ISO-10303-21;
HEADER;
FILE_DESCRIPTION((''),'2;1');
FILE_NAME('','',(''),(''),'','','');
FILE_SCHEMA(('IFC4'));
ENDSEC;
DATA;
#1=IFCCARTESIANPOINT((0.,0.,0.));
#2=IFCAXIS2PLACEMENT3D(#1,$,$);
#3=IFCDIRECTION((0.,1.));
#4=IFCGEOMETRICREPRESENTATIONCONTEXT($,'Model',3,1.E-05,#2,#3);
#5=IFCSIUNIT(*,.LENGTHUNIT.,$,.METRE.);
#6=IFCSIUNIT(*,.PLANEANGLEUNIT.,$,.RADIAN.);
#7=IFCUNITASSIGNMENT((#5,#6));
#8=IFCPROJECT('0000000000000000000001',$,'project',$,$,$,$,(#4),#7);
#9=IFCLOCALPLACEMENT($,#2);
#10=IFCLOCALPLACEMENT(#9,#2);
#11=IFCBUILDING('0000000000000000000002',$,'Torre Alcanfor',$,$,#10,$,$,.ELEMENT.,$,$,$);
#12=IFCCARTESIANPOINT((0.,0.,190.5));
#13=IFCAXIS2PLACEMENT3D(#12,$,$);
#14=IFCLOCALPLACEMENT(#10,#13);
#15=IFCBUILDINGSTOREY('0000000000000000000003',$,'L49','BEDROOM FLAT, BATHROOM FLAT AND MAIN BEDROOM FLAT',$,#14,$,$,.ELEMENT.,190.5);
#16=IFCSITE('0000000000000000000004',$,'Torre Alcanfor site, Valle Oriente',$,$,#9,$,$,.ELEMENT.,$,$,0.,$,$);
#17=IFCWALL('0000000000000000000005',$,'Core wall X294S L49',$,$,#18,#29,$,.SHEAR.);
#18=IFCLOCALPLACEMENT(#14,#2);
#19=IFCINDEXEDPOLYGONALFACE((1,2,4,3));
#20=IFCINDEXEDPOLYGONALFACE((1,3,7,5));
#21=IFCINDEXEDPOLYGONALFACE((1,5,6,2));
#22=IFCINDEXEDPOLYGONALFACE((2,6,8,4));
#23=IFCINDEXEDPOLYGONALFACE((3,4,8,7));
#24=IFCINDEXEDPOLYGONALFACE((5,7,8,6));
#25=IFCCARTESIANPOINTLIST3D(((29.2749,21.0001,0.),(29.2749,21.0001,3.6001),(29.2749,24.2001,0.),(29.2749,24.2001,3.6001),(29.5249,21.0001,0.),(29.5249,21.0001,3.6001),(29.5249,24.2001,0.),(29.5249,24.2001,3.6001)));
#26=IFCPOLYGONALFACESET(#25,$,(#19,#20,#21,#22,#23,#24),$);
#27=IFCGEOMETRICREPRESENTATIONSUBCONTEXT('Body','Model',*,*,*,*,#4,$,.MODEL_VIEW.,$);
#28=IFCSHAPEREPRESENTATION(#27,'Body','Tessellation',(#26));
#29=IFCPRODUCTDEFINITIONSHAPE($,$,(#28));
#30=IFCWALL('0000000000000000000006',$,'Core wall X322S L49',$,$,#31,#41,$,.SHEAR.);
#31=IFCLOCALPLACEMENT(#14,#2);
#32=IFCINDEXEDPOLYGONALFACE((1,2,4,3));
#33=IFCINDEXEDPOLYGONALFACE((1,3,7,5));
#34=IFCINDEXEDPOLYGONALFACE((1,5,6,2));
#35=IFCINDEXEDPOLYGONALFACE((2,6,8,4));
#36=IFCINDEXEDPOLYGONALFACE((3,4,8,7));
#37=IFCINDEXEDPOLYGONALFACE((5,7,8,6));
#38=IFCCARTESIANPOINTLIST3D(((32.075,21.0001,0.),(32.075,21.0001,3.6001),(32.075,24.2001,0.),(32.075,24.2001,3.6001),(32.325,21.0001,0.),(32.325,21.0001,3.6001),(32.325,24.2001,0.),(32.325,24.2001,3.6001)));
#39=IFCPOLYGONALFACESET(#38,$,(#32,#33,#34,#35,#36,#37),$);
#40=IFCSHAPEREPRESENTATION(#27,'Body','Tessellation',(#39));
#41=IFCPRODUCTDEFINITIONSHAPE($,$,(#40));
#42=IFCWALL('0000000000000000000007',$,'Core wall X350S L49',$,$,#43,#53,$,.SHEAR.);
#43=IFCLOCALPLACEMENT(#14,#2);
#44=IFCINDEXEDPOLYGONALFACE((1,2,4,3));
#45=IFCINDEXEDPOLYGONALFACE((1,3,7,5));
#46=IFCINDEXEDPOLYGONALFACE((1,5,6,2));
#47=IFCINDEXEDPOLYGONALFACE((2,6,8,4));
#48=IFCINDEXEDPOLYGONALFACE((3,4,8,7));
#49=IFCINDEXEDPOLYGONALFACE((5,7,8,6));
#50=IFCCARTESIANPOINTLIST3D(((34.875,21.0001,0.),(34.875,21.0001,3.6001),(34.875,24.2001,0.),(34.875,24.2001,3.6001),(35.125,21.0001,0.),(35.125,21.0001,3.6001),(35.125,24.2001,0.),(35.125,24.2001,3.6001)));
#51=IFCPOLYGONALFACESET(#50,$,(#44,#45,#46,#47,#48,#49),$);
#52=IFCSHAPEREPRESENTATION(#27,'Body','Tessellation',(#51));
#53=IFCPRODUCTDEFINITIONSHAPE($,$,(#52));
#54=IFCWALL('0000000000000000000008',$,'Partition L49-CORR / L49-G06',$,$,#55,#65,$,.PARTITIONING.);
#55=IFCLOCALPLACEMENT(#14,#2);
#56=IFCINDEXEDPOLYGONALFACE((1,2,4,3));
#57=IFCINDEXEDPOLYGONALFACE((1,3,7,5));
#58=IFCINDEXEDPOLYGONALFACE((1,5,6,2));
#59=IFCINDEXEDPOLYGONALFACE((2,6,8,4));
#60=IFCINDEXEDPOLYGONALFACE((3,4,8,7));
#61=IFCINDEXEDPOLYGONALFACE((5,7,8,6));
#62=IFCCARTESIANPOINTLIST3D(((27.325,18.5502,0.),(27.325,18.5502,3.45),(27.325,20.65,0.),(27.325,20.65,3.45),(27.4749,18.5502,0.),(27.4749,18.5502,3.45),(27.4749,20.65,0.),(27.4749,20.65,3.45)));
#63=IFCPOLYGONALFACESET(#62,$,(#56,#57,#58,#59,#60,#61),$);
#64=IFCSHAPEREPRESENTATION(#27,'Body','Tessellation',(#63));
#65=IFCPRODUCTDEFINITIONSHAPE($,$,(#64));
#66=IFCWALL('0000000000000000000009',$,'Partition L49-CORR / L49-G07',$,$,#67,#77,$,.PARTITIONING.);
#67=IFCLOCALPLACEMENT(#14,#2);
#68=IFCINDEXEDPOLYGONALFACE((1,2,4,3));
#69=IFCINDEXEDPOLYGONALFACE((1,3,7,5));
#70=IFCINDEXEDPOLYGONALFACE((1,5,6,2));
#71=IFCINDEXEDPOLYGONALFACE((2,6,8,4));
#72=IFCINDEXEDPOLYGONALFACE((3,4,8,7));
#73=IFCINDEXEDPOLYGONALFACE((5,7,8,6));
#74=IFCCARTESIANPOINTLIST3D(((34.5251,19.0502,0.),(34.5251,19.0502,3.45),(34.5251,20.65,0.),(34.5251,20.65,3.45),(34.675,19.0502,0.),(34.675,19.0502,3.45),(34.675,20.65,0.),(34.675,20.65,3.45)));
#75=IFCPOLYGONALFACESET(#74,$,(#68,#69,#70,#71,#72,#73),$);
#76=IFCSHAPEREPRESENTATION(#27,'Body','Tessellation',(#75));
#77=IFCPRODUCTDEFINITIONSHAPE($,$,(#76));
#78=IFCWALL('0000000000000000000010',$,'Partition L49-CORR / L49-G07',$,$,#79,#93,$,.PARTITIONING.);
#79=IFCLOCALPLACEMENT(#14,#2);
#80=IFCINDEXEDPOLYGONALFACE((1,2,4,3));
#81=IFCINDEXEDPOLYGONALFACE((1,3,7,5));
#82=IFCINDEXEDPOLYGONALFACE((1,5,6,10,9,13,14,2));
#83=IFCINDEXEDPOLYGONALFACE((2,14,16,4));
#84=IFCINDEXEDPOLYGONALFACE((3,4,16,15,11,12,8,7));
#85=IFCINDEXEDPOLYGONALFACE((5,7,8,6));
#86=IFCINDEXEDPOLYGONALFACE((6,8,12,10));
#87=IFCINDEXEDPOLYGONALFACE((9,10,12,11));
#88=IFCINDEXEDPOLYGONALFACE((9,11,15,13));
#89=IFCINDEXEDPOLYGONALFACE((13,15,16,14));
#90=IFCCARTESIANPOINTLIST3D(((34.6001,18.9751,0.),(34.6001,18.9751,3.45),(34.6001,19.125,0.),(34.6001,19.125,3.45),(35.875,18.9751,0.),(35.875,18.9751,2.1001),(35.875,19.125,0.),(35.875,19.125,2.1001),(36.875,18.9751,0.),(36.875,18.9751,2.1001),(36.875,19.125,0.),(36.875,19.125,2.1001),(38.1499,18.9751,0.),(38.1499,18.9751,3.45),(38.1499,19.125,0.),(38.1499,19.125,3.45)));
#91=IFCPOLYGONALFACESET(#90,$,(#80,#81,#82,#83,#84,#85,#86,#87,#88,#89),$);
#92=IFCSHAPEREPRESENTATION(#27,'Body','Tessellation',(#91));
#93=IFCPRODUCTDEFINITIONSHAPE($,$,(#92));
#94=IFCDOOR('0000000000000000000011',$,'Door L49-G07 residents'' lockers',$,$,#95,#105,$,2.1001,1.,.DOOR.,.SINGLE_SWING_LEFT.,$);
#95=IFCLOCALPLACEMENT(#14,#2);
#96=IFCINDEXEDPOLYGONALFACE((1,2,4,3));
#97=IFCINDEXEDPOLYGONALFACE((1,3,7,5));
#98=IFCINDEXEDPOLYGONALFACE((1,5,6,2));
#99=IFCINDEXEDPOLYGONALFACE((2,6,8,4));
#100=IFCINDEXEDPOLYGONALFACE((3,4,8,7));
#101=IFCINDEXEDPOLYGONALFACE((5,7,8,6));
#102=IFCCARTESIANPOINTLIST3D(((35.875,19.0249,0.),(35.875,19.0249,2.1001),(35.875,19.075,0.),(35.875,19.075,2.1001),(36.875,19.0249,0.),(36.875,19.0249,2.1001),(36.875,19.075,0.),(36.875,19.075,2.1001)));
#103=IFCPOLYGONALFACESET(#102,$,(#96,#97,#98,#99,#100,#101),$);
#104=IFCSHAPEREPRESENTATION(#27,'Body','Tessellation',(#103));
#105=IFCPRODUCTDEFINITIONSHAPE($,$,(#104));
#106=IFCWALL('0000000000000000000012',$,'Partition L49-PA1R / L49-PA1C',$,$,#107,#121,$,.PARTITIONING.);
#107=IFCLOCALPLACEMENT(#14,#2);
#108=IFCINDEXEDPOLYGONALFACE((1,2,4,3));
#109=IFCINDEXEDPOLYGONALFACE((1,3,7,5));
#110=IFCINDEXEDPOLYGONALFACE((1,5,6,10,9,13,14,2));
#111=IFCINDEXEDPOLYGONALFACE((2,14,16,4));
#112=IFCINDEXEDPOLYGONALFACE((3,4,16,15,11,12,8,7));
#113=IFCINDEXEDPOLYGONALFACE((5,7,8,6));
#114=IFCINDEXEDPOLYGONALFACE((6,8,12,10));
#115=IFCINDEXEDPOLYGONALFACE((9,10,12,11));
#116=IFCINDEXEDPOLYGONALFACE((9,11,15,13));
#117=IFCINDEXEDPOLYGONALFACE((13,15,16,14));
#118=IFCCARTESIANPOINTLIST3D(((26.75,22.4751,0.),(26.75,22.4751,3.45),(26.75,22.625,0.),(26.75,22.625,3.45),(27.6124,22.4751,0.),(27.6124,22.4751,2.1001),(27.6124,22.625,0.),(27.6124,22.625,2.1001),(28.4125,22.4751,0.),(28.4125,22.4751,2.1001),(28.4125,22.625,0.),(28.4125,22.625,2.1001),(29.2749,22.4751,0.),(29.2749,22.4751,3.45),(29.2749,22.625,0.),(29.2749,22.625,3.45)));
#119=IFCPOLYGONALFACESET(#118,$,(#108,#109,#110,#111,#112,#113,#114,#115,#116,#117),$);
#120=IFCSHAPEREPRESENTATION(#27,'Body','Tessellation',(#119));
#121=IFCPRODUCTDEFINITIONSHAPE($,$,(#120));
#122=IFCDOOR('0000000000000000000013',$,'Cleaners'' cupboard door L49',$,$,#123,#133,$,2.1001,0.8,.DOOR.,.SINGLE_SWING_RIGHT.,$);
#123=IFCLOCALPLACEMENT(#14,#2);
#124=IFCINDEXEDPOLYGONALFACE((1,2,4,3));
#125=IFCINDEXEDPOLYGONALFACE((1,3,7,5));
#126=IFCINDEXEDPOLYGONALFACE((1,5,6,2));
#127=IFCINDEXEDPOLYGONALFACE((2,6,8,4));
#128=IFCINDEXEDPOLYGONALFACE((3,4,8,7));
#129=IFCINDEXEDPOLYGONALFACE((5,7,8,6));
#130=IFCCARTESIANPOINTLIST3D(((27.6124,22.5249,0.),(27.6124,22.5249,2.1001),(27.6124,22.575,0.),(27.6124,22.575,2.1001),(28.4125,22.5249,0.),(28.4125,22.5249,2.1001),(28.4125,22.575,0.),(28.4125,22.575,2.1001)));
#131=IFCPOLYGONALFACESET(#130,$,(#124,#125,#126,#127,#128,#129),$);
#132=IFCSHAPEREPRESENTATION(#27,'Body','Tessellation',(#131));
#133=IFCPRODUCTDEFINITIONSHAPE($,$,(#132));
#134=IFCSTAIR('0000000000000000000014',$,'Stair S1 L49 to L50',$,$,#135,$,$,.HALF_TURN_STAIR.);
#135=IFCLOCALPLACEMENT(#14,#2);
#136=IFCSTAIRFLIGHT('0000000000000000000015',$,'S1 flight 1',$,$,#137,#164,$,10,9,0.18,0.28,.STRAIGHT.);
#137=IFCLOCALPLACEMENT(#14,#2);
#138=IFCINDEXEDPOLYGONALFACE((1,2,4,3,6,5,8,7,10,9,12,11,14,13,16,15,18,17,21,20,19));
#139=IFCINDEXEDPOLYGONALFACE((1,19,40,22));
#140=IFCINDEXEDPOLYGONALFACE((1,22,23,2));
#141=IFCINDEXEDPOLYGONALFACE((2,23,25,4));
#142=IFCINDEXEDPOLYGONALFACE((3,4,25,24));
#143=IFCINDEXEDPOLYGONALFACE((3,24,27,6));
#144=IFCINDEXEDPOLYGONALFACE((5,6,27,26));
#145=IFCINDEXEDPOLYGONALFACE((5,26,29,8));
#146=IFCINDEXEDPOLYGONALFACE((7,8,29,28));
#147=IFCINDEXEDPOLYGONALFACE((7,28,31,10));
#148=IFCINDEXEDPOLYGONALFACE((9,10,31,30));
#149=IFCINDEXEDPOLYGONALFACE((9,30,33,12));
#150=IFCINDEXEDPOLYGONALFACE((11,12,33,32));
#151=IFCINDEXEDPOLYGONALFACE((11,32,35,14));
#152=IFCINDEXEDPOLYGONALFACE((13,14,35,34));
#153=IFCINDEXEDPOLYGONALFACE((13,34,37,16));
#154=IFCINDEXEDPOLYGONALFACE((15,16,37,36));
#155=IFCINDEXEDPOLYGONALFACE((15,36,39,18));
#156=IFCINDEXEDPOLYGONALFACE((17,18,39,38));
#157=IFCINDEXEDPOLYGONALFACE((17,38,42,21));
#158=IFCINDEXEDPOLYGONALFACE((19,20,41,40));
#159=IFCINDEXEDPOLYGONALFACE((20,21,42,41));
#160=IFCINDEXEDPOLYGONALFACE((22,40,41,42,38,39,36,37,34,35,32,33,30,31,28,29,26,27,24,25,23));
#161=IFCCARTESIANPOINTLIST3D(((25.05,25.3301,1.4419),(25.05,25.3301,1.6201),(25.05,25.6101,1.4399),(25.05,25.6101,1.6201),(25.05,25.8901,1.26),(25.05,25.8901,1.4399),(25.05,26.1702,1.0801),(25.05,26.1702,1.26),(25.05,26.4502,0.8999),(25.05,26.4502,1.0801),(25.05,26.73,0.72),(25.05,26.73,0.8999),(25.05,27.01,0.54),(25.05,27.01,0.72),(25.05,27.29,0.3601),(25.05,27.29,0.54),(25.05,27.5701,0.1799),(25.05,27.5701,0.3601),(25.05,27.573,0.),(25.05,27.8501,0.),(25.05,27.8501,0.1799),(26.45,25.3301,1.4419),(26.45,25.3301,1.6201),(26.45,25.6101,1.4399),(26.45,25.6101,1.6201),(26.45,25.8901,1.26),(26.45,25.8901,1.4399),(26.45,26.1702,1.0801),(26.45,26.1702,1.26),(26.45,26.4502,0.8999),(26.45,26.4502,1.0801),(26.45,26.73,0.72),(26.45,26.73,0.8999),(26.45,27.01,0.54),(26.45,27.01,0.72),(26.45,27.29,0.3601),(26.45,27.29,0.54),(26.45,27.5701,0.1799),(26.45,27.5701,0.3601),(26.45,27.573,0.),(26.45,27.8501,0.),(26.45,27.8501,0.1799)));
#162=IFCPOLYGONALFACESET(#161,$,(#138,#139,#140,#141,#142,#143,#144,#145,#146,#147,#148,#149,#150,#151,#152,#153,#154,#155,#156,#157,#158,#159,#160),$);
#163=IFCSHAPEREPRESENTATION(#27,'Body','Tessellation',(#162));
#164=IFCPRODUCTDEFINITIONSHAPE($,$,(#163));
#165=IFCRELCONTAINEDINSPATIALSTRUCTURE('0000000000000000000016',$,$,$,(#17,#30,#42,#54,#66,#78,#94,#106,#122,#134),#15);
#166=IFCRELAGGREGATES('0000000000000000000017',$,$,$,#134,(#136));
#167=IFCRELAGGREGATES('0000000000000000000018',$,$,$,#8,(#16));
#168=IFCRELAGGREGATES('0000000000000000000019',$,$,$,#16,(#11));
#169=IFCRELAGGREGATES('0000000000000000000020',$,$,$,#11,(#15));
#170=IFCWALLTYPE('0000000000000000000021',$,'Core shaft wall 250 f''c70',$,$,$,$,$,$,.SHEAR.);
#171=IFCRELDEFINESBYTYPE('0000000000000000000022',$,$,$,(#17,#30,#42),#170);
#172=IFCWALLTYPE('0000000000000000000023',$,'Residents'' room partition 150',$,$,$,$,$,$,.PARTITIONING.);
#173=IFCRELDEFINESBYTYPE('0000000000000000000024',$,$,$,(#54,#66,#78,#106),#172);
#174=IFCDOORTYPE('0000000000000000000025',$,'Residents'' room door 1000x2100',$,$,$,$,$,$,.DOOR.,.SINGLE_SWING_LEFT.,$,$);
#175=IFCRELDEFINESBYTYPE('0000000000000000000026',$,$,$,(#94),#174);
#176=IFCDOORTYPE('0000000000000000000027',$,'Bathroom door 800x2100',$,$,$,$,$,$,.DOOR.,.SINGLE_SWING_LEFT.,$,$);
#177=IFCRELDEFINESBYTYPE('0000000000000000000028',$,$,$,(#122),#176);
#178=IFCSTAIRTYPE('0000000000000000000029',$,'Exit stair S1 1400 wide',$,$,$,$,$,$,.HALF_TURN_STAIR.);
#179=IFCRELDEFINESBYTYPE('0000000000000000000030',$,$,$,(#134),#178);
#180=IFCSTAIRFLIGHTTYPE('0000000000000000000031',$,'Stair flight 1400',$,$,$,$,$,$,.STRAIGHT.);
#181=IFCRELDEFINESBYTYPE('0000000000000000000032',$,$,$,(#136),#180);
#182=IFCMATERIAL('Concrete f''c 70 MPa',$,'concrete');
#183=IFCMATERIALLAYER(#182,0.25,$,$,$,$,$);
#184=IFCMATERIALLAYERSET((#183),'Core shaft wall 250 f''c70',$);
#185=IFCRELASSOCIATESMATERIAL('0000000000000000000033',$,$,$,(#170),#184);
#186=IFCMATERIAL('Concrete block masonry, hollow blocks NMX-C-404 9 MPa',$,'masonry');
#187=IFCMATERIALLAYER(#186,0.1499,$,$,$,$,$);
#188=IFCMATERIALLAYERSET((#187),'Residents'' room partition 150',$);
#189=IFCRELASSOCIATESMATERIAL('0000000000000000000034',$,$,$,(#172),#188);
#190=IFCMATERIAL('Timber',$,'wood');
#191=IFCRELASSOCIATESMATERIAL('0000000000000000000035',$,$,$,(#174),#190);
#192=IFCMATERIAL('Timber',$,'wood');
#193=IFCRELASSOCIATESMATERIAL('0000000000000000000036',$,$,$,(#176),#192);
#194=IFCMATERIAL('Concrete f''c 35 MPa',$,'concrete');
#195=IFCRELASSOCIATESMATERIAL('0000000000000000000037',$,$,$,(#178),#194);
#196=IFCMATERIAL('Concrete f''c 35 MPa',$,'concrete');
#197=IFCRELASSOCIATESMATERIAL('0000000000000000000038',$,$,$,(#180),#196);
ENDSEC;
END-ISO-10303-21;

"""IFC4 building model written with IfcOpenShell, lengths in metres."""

from ifc_helpers import new_model, si_unit, direction, frame, frame_2d, origin, place, context, subcontext, project, spatial, polyline, rectangle, outline, extrude, material, layer, layer_set, type_object, element, fill, aggregate, save


model = new_model("IFC4")

# Units and contexts
model_context = context("Model", 3, precision=1e-05, world=origin(), true_north=direction((0.0, 1.0)))
body_context = subcontext(model_context, "Body", "Model", "MODEL_VIEW")
ifc_project = project(units=[si_unit("LENGTHUNIT", "METRE"), si_unit("PLANEANGLEUNIT", "RADIAN")], contexts=[model_context])

# Site, building, storey
site_placement = place(None, origin())
site = spatial("IfcSite", under=ifc_project, at=site_placement, Name="Torre Alcanfor site, Valle Oriente", CompositionType="ELEMENT", RefElevation=0.0)
building_placement = place(site_placement, origin())
building = spatial("IfcBuilding", under=site, at=building_placement, Name="Torre Alcanfor", CompositionType="ELEMENT")
storey_placement = place(building_placement, frame((0.0, 0.0, 190.5)))
storey = spatial("IfcBuildingStorey", under=building, at=storey_placement, Name="L49", Description="BEDROOM FLAT, BATHROOM FLAT AND MAIN BEDROOM FLAT", CompositionType="ELEMENT", Elevation=190.5)

# Walls
ifc_material_1 = material(Name="Concrete f'c 70 MPa", Category="concrete")
ifc_layer_1 = layer(ifc_material_1, 0.25)
ifc_layer_set_1 = layer_set([ifc_layer_1], Name="Core shaft wall 250 f'c70")
wall_type_1 = type_object("IfcWallType", Name="Core shaft wall 250 f'c70", PredefinedType="SHEAR", material=ifc_layer_set_1)
for number, where, z_axis, x_axis, name in (
    (1, (29.3999, 21.0, 0.0), (0.0, 0.0, 1.0), (0.0, 1.0, 0.0), "Core wall X294S L49"),
    (2, (32.2, 21.0, 0.0), (0.0, 0.0, 1.0), (0.0, 1.0, 0.0), "Core wall X322S L49"),
    (3, (35.0, 21.0, 0.0), (0.0, 0.0, 1.0), (0.0, 1.0, 0.0), "Core wall X350S L49"),
):
    element("IfcWall", number, at=place(storey_placement, frame(where, z_axis=z_axis, x_axis=x_axis)), inside=storey, type_object=wall_type_1, Name=name, PredefinedType="SHEAR", context=body_context, shape_type="SweptSolid", body=[
        extrude(rectangle(XDim=3.2, YDim=0.25, at=frame_2d((1.6001, 0.0))), origin(), (0.0, 0.0, 1.0), 3.6001),
    ])
ifc_material_2 = material(Name="Concrete block masonry, hollow blocks NMX-C-404 9 MPa", Category="masonry")
ifc_layer_2 = layer(ifc_material_2, 0.1499)
ifc_layer_set_2 = layer_set([ifc_layer_2], Name="Residents' room partition 150")
wall_type_2 = type_object("IfcWallType", Name="Residents' room partition 150", PredefinedType="PARTITIONING", material=ifc_layer_set_2)
wall_1_placement = place(storey_placement, frame((27.3999, 20.6499, 0.0), z_axis=(0.0, 0.0, 1.0), x_axis=(0.0, -1.0, 0.0)))
element("IfcWall", 4, at=wall_1_placement, inside=storey, type_object=wall_type_2, Name="Partition L49-CORR / L49-G06", PredefinedType="PARTITIONING", context=body_context, shape_type="SweptSolid", body=[
    extrude(rectangle(XDim=2.0999, YDim=0.1499, at=frame_2d((1.0498, 0.0))), origin(), (0.0, 0.0, 1.0), 3.45),
])
wall_2_placement = place(storey_placement, frame((34.6001, 20.6499, 0.0), z_axis=(0.0, 0.0, 1.0), x_axis=(0.0, -1.0, 0.0)))
element("IfcWall", 5, at=wall_2_placement, inside=storey, type_object=wall_type_2, Name="Partition L49-CORR / L49-G07", PredefinedType="PARTITIONING", context=body_context, shape_type="SweptSolid", body=[
    extrude(rectangle(XDim=1.5999, YDim=0.1499, at=frame_2d((0.7998, 0.0))), origin(), (0.0, 0.0, 1.0), 3.45),
])

# Walls, openings, doors
wall_3_placement = place(storey_placement, frame((34.6001, 19.05, 0.0), z_axis=(0.0, 0.0, 1.0), x_axis=(1.0, 0.0, 0.0)))
wall_3 = element("IfcWall", 6, at=wall_3_placement, inside=storey, type_object=wall_type_2, Name="Partition L49-CORR / L49-G07", PredefinedType="PARTITIONING", context=body_context, shape_type="SweptSolid", body=[
    extrude(rectangle(XDim=3.5498, YDim=0.1499, at=frame_2d((1.7749, 0.0))), origin(), (0.0, 0.0, 1.0), 3.45),
])
opening_1_placement = place(wall_3_placement, frame((1.2749, 0.0, 0.0)))
opening_1 = element("IfcOpeningElement", 7, at=opening_1_placement, cuts=wall_3, PredefinedType="OPENING", context=body_context, shape_type="SweptSolid", body=[
    extrude(rectangle(XDim=1.0, YDim=2.1001, at=frame_2d((0.5, 1.05))), frame((0.0, 0.085, 0.0), z_axis=(0.0, -1.0, 0.0), x_axis=(1.0, 0.0, 0.0)), (0.0, 0.0, 1.0), 0.1699),
])
ifc_material_3 = material(Name="Timber", Category="wood")
door_type_1 = type_object("IfcDoorType", Name="Residents' room door 1000x2100", OperationType="SINGLE_SWING_LEFT", PredefinedType="DOOR", material=ifc_material_3)
door_1_placement = place(opening_1_placement, origin())
door_1 = element("IfcDoor", 8, at=door_1_placement, inside=storey, type_object=door_type_1, Name="Door L49-G07 residents' lockers", OperationType="SINGLE_SWING_LEFT", OverallHeight=2.1001, OverallWidth=1.0, PredefinedType="DOOR", context=body_context, shape_type="SweptSolid", body=[
    extrude(rectangle(XDim=1.0, YDim=2.1001, at=frame_2d((0.5, 1.05))), frame((0.0, 0.0249, 0.0), z_axis=(0.0, -1.0, 0.0), x_axis=(1.0, 0.0, 0.0)), (0.0, 0.0, 1.0), 0.05),
])
fill(opening_1, door_1)
wall_4_placement = place(storey_placement, frame((26.75, 22.55, 0.0), z_axis=(0.0, 0.0, 1.0), x_axis=(1.0, 0.0, 0.0)))
wall_4 = element("IfcWall", 9, at=wall_4_placement, inside=storey, type_object=wall_type_2, Name="Partition L49-PA1R / L49-PA1C", PredefinedType="PARTITIONING", context=body_context, shape_type="SweptSolid", body=[
    extrude(rectangle(XDim=2.5249, YDim=0.1499, at=frame_2d((1.2625, 0.0))), origin(), (0.0, 0.0, 1.0), 3.45),
])
opening_2_placement = place(wall_4_placement, frame((0.8625, 0.0, 0.0)))
opening_2 = element("IfcOpeningElement", 10, at=opening_2_placement, cuts=wall_4, PredefinedType="OPENING", context=body_context, shape_type="SweptSolid", body=[
    extrude(rectangle(XDim=0.8, YDim=2.1001, at=frame_2d((0.3999, 1.05))), frame((0.0, 0.085, 0.0), z_axis=(0.0, -1.0, 0.0), x_axis=(1.0, 0.0, 0.0)), (0.0, 0.0, 1.0), 0.1699),
])
ifc_material_4 = material(Name="Timber", Category="wood")
door_type_2 = type_object("IfcDoorType", Name="Bathroom door 800x2100", OperationType="SINGLE_SWING_LEFT", PredefinedType="DOOR", material=ifc_material_4)
door_2_placement = place(opening_2_placement, frame((0.8, 0.0, 0.0), z_axis=(0.0, 0.0, 1.0), x_axis=(-1.0, 0.0, 0.0)))
door_2 = element("IfcDoor", 11, at=door_2_placement, inside=storey, type_object=door_type_2, Name="Cleaners' cupboard door L49", OperationType="SINGLE_SWING_RIGHT", OverallHeight=2.1001, OverallWidth=0.8, PredefinedType="DOOR", context=body_context, shape_type="SweptSolid", body=[
    extrude(rectangle(XDim=0.8, YDim=2.1001, at=frame_2d((0.4001, 1.05))), frame((0.0, 0.0251, 0.0), z_axis=(0.0, -1.0, 0.0), x_axis=(1.0, 0.0, 0.0)), (0.0, 0.0, 1.0), 0.05),
])
fill(opening_2, door_2)

# Stair, stair flight
ifc_material_5 = material(Name="Concrete f'c 35 MPa", Category="concrete")
stair_type = type_object("IfcStairType", Name="Exit stair S1 1400 wide", PredefinedType="HALF_TURN_STAIR", material=ifc_material_5)
stair_placement = place(storey_placement, origin())
stair = element("IfcStair", 12, at=stair_placement, inside=storey, type_object=stair_type, Name="Stair S1 L49 to L50", PredefinedType="HALF_TURN_STAIR")
ifc_material_6 = material(Name="Concrete f'c 35 MPa", Category="concrete")
stair_flight_type = type_object("IfcStairFlightType", Name="Stair flight 1400", PredefinedType="STRAIGHT", material=ifc_material_6)
stair_flight_placement = place(storey_placement, frame((25.75, 27.8501, 0.0), z_axis=(0.0, 0.0, 1.0), x_axis=(0.0, -1.0, 0.0)))
stair_flight = element("IfcStairFlight", 13, at=stair_flight_placement, type_object=stair_flight_type, Name="S1 flight 1", NumberOfRisers=10, NumberOfTreads=9, PredefinedType="STRAIGHT", RiserHeight=0.18, TreadLength=0.28, context=body_context, shape_type="SweptSolid", body=[
    extrude(outline(polyline([(0.0, 0.0), (0.0, 0.1799), (0.28, 0.1799), (0.28, 0.3601), (0.5601, 0.3601), (0.5601, 0.54), (0.8401, 0.54), (0.8401, 0.72), (1.1201, 0.72), (1.1201, 0.8999), (1.3999, 0.8999), (1.3999, 1.0801), (1.6799, 1.0801), (1.6799, 1.26), (1.96, 1.26), (1.96, 1.4399), (2.24, 1.4399), (2.24, 1.6201), (2.52, 1.6201), (2.52, 1.8), (2.52, 1.4419), (0.2771, 0.0), (0.0, 0.0)])), frame((0.0, 0.7, 0.0), z_axis=(0.0, -1.0, 0.0), x_axis=(1.0, 0.0, 0.0)), (0.0, 0.0, 1.0), 1.3999),
])
aggregate(stair, [stair_flight])

save(model, "model.ifc")
